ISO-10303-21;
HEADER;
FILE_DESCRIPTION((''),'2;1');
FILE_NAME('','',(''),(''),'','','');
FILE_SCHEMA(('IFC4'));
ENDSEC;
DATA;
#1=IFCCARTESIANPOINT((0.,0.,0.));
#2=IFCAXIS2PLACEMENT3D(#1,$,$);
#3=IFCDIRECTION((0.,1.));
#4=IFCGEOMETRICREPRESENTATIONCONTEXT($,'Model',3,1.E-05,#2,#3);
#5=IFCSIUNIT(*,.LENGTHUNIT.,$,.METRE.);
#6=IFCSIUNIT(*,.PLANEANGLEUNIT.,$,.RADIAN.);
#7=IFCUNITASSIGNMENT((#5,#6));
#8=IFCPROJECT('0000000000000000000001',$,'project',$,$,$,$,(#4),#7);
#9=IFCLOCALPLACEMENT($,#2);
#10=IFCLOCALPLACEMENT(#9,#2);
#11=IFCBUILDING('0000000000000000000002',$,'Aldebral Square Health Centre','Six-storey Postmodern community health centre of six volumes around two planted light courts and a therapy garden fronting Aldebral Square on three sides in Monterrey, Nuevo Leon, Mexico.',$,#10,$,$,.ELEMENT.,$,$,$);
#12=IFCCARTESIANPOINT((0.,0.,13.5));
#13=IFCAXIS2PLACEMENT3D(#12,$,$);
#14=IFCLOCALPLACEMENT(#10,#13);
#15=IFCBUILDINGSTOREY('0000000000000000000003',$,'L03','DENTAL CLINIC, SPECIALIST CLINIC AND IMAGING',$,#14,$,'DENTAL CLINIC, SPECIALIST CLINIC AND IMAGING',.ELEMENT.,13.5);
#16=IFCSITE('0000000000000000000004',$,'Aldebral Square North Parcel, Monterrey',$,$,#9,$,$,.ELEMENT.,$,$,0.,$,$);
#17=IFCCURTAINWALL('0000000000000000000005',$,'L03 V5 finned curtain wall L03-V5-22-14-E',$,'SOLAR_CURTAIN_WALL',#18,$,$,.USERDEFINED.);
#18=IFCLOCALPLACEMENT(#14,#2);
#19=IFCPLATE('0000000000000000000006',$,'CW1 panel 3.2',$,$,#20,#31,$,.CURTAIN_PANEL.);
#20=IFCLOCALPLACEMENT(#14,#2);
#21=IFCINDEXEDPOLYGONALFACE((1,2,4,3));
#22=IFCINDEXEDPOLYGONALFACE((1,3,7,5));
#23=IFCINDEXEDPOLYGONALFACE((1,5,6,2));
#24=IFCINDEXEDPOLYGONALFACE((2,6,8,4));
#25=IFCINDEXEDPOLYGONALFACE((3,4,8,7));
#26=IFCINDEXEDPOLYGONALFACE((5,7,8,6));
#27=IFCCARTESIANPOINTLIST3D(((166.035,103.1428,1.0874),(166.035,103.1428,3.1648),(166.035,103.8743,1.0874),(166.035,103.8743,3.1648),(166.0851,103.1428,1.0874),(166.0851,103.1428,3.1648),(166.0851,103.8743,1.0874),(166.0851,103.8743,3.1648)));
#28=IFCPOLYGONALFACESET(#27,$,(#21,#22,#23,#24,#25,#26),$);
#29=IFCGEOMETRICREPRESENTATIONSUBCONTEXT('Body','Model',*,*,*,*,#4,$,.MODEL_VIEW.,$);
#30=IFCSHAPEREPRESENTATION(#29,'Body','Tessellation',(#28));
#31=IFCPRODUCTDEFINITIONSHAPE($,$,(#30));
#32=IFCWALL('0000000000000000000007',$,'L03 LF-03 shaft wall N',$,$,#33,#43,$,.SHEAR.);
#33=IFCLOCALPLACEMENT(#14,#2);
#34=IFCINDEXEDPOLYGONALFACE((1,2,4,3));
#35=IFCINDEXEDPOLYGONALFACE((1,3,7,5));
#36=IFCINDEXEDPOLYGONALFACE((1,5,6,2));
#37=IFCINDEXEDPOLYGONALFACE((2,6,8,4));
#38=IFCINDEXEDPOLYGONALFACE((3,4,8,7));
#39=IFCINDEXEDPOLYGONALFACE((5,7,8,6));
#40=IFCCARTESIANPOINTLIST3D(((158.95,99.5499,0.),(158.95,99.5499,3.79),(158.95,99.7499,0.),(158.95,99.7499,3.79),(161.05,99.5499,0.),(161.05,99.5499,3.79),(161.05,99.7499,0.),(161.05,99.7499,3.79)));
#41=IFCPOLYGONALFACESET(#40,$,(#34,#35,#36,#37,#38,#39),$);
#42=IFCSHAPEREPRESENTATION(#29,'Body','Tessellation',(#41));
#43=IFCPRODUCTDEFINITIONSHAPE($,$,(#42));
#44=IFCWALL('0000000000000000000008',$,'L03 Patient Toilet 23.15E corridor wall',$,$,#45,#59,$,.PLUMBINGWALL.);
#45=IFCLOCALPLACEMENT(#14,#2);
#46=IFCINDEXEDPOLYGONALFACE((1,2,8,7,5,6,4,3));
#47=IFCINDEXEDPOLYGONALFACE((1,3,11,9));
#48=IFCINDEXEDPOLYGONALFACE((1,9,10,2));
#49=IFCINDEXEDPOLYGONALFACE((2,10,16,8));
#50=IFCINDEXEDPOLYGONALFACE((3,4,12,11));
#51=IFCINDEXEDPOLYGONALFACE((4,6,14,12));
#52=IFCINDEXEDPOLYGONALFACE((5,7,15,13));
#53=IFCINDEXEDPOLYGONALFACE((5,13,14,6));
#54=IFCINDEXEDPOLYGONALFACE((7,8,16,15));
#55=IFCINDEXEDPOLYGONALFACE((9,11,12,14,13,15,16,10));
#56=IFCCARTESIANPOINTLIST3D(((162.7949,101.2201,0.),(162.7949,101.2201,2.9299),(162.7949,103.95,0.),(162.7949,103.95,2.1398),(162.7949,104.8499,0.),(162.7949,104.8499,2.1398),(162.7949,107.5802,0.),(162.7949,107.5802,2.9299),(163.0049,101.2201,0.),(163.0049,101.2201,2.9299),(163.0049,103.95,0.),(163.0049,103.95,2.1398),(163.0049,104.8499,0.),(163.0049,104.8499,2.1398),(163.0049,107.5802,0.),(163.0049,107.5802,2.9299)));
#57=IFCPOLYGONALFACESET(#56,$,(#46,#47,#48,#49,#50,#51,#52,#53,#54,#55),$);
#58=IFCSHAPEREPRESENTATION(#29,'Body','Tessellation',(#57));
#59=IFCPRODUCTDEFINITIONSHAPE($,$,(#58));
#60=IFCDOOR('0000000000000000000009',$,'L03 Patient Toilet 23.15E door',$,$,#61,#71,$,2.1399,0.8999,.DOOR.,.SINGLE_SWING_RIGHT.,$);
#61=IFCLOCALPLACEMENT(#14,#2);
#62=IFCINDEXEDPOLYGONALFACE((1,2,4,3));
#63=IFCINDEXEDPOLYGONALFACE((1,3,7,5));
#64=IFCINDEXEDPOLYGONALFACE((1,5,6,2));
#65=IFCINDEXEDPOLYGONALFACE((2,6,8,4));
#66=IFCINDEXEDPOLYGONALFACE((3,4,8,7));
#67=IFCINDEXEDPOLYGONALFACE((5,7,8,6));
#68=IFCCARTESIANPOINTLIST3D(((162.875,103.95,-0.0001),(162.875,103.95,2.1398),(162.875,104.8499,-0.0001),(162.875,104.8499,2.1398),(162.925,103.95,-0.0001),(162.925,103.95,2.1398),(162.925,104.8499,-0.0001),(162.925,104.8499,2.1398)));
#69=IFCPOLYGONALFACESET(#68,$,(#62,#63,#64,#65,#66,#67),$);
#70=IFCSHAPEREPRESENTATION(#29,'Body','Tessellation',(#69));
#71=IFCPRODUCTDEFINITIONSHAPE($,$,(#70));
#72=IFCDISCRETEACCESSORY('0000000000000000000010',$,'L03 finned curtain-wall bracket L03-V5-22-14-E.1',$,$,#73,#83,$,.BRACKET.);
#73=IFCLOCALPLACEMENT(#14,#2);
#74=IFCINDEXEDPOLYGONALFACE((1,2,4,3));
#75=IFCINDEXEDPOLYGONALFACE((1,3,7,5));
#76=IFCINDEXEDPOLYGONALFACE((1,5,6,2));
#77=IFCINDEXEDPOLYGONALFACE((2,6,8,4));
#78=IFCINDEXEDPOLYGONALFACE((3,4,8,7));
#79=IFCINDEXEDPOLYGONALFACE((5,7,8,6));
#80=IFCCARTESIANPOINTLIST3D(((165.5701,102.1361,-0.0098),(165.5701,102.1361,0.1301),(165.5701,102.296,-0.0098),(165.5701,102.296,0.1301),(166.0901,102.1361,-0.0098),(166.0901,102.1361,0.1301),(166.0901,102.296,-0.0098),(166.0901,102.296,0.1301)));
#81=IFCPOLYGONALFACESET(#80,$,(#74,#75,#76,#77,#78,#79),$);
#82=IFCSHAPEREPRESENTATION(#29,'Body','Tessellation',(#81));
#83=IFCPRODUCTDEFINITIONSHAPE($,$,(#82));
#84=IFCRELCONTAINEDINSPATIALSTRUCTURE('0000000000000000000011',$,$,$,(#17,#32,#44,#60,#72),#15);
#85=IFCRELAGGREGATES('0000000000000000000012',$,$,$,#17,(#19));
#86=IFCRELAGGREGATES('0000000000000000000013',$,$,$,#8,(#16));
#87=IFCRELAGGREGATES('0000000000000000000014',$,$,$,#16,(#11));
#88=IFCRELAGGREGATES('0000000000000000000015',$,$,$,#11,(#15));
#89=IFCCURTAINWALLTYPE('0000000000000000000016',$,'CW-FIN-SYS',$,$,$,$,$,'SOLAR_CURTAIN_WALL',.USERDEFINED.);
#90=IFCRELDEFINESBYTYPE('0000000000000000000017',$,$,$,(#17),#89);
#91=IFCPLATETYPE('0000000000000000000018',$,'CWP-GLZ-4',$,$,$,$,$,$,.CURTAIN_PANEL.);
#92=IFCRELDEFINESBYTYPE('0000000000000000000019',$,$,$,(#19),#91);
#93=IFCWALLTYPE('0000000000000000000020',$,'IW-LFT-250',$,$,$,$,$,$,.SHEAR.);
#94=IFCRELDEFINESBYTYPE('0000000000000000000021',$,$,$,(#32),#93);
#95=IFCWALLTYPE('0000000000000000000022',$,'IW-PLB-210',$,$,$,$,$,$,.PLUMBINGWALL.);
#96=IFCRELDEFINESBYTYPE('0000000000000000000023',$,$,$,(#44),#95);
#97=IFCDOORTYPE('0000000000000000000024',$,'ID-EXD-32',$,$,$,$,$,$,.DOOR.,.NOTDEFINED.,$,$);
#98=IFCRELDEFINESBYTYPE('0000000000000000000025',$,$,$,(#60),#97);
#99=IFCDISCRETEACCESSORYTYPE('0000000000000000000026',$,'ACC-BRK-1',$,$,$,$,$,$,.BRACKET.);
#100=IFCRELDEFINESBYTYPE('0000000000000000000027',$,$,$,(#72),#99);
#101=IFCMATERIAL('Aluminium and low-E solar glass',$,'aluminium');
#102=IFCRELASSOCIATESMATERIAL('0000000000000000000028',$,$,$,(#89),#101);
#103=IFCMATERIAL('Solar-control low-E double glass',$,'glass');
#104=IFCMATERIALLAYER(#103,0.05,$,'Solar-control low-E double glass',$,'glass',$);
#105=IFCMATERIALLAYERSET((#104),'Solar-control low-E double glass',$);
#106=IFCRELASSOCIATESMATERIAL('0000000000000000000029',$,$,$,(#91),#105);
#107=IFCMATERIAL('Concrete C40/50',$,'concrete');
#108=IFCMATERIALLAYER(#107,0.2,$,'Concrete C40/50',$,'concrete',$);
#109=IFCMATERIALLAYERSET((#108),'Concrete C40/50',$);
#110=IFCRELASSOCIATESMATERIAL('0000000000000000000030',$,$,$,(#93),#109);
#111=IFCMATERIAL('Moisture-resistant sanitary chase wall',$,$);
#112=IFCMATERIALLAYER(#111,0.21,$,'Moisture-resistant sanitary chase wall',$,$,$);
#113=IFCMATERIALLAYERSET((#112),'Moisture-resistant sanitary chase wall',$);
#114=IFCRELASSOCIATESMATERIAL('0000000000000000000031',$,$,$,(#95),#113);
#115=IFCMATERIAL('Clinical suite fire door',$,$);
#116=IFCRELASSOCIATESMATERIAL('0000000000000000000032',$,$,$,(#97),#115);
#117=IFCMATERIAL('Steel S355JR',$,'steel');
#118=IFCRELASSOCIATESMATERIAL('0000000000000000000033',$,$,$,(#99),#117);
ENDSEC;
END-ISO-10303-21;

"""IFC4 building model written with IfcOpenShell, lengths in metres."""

from ifc_helpers import new_model, si_unit, direction, frame, frame_2d, origin, origin_2d, place, context, subcontext, project, spatial, rectangle, extrude, material, layer, layer_set, type_object, element, fill, aggregate, save


model = new_model("IFC4")

# Units and contexts
model_context = context("Model", 3, precision=1e-05, world=origin(), true_north=direction((0.0, 1.0)))
body_context = subcontext(model_context, "Body", "Model", "MODEL_VIEW")
ifc_project = project(units=[si_unit("LENGTHUNIT", "METRE"), si_unit("PLANEANGLEUNIT", "RADIAN")], contexts=[model_context])

# Site, building, storey
site_placement = place(None, origin())
site = spatial("IfcSite", under=ifc_project, at=site_placement, Name="Aldebral Square North Parcel, Monterrey", CompositionType="ELEMENT", RefElevation=0.0)
building_placement = place(site_placement, origin())
building = spatial("IfcBuilding", under=site, at=building_placement, Name="Aldebral Square Health Centre", Description="Six-storey Postmodern community health centre of six volumes around two planted light courts and a therapy garden fronting Aldebral Square on three sides in Monterrey, Nuevo Leon, Mexico.", CompositionType="ELEMENT")
storey_placement = place(building_placement, frame((0.0, 0.0, 13.5)))
storey = spatial("IfcBuildingStorey", under=building, at=storey_placement, Name="L03", Description="DENTAL CLINIC, SPECIALIST CLINIC AND IMAGING", LongName="DENTAL CLINIC, SPECIALIST CLINIC AND IMAGING", CompositionType="ELEMENT", Elevation=13.5)

# Shared definitions
ifc_material_1 = material(Name="Concrete C40/50", Category="concrete")

# Curtain wall, plate
ifc_material_2 = material(Name="Aluminium and low-E solar glass", Category="aluminium")
curtain_wall_type = type_object("IfcCurtainWallType", Name="CW-FIN-SYS", ElementType="SOLAR_CURTAIN_WALL", PredefinedType="USERDEFINED", material=ifc_material_2)
curtain_wall_placement = place(storey_placement, origin())
curtain_wall = element("IfcCurtainWall", 1, at=curtain_wall_placement, inside=storey, type_object=curtain_wall_type, Name="L03 V5 finned curtain wall L03-V5-22-14-E", ObjectType="SOLAR_CURTAIN_WALL", PredefinedType="USERDEFINED")
ifc_material_3 = material(Name="Solar-control low-E double glass", Category="glass")
ifc_layer_1 = layer(ifc_material_3, 0.05, Name="Solar-control low-E double glass", Category="glass")
ifc_layer_set_1 = layer_set([ifc_layer_1], Name="Solar-control low-E double glass")
plate_type = type_object("IfcPlateType", Name="CWP-GLZ-4", PredefinedType="CURTAIN_PANEL", material=ifc_layer_set_1)
plate_1_placement = place(storey_placement, frame((166.0601, 103.5085, 1.0874), z_axis=(0.0, 0.0, 1.0), x_axis=(0.0, 1.0, 0.0)))
plate_1 = element("IfcPlate", 2, at=plate_1_placement, type_object=plate_type, Name="CW1 panel 3.2", PredefinedType="CURTAIN_PANEL", context=body_context, shape_type="SweptSolid", body=[
    extrude(rectangle(XDim=0.7314, YDim=0.05, at=origin_2d()), origin(), (0.0, 0.0, 1.0), 2.0774),
])
aggregate(curtain_wall, [plate_1])

# Wall
ifc_layer_2 = layer(ifc_material_1, 0.2, Name="Concrete C40/50", Category="concrete")
ifc_layer_set_2 = layer_set([ifc_layer_2], Name="Concrete C40/50")
wall_type_1 = type_object("IfcWallType", Name="IW-LFT-250", PredefinedType="SHEAR", material=ifc_layer_set_2)
wall_1_placement = place(storey_placement, frame((158.95, 99.6499, 0.0), z_axis=(0.0, 0.0, 1.0), x_axis=(1.0, 0.0, 0.0)))
element("IfcWall", 3, at=wall_1_placement, inside=storey, type_object=wall_type_1, Name="L03 LF-03 shaft wall N", PredefinedType="SHEAR", context=body_context, shape_type="SweptSolid", body=[
    extrude(rectangle(XDim=2.1001, YDim=0.2, at=frame_2d((1.05, 0.0))), origin(), (0.0, 0.0, 1.0), 3.79),
])

# Wall, opening, door
ifc_material_4 = material(Name="Moisture-resistant sanitary chase wall")
ifc_layer_3 = layer(ifc_material_4, 0.21, Name="Moisture-resistant sanitary chase wall")
ifc_layer_set_3 = layer_set([ifc_layer_3], Name="Moisture-resistant sanitary chase wall")
wall_type_2 = type_object("IfcWallType", Name="IW-PLB-210", PredefinedType="PLUMBINGWALL", material=ifc_layer_set_3)
wall_2_placement = place(storey_placement, frame((162.8999, 101.22, 0.0), z_axis=(0.0, 0.0, 1.0), x_axis=(0.0, 1.0, 0.0)))
wall_2 = element("IfcWall", 4, at=wall_2_placement, inside=storey, type_object=wall_type_2, Name="L03 Patient Toilet 23.15E corridor wall", PredefinedType="PLUMBINGWALL", context=body_context, shape_type="SweptSolid", body=[
    extrude(rectangle(XDim=6.3601, YDim=0.21, at=frame_2d((3.1802, 0.0))), origin(), (0.0, 0.0, 1.0), 2.9299),
])
opening_placement = place(wall_2_placement, frame((2.73, 0.0, 0.0)))
opening = element("IfcOpeningElement", 5, at=opening_placement, cuts=wall_2, PredefinedType="OPENING", context=body_context, shape_type="SweptSolid", body=[
    extrude(rectangle(XDim=0.8999, YDim=2.1399, at=frame_2d((0.45, 1.0698))), frame((0.0, 0.115, 0.0), z_axis=(0.0, -1.0, 0.0), x_axis=(1.0, 0.0, 0.0)), (0.0, 0.0, 1.0), 0.23),
])
ifc_material_5 = material(Name="Clinical suite fire door")
door_type = type_object("IfcDoorType", Name="ID-EXD-32", OperationType="NOTDEFINED", PredefinedType="DOOR", material=ifc_material_5)
door_placement = place(opening_placement, origin())
door = element("IfcDoor", 6, at=door_placement, inside=storey, type_object=door_type, Name="L03 Patient Toilet 23.15E door", OperationType="SINGLE_SWING_RIGHT", OverallHeight=2.1399, OverallWidth=0.8999, PredefinedType="DOOR", context=body_context, shape_type="SweptSolid", body=[
    extrude(rectangle(XDim=0.8999, YDim=2.1399, at=frame_2d((0.45, 1.0698))), frame((0.0, 0.0249, 0.0), z_axis=(0.0, -1.0, 0.0), x_axis=(1.0, 0.0, 0.0)), (0.0, 0.0, 1.0), 0.05),
])
fill(opening, door)

# Discrete accessory
ifc_material_6 = material(Name="Steel S355JR", Category="steel")
discrete_accessory_type = type_object("IfcDiscreteAccessoryType", Name="ACC-BRK-1", PredefinedType="BRACKET", material=ifc_material_6)
discrete_accessory_placement = place(storey_placement, frame((165.8301, 102.2161, -0.0098), z_axis=(0.0, 0.0, 1.0), x_axis=(0.0, 1.0, 0.0)))
element("IfcDiscreteAccessory", 7, at=discrete_accessory_placement, inside=storey, type_object=discrete_accessory_type, Name="L03 finned curtain-wall bracket L03-V5-22-14-E.1", PredefinedType="BRACKET", context=body_context, shape_type="SweptSolid", body=[
    extrude(rectangle(XDim=0.1599, YDim=0.52, at=origin_2d()), origin(), (0.0, 0.0, 1.0), 0.1399),
])

save(model, "model.ifc")
